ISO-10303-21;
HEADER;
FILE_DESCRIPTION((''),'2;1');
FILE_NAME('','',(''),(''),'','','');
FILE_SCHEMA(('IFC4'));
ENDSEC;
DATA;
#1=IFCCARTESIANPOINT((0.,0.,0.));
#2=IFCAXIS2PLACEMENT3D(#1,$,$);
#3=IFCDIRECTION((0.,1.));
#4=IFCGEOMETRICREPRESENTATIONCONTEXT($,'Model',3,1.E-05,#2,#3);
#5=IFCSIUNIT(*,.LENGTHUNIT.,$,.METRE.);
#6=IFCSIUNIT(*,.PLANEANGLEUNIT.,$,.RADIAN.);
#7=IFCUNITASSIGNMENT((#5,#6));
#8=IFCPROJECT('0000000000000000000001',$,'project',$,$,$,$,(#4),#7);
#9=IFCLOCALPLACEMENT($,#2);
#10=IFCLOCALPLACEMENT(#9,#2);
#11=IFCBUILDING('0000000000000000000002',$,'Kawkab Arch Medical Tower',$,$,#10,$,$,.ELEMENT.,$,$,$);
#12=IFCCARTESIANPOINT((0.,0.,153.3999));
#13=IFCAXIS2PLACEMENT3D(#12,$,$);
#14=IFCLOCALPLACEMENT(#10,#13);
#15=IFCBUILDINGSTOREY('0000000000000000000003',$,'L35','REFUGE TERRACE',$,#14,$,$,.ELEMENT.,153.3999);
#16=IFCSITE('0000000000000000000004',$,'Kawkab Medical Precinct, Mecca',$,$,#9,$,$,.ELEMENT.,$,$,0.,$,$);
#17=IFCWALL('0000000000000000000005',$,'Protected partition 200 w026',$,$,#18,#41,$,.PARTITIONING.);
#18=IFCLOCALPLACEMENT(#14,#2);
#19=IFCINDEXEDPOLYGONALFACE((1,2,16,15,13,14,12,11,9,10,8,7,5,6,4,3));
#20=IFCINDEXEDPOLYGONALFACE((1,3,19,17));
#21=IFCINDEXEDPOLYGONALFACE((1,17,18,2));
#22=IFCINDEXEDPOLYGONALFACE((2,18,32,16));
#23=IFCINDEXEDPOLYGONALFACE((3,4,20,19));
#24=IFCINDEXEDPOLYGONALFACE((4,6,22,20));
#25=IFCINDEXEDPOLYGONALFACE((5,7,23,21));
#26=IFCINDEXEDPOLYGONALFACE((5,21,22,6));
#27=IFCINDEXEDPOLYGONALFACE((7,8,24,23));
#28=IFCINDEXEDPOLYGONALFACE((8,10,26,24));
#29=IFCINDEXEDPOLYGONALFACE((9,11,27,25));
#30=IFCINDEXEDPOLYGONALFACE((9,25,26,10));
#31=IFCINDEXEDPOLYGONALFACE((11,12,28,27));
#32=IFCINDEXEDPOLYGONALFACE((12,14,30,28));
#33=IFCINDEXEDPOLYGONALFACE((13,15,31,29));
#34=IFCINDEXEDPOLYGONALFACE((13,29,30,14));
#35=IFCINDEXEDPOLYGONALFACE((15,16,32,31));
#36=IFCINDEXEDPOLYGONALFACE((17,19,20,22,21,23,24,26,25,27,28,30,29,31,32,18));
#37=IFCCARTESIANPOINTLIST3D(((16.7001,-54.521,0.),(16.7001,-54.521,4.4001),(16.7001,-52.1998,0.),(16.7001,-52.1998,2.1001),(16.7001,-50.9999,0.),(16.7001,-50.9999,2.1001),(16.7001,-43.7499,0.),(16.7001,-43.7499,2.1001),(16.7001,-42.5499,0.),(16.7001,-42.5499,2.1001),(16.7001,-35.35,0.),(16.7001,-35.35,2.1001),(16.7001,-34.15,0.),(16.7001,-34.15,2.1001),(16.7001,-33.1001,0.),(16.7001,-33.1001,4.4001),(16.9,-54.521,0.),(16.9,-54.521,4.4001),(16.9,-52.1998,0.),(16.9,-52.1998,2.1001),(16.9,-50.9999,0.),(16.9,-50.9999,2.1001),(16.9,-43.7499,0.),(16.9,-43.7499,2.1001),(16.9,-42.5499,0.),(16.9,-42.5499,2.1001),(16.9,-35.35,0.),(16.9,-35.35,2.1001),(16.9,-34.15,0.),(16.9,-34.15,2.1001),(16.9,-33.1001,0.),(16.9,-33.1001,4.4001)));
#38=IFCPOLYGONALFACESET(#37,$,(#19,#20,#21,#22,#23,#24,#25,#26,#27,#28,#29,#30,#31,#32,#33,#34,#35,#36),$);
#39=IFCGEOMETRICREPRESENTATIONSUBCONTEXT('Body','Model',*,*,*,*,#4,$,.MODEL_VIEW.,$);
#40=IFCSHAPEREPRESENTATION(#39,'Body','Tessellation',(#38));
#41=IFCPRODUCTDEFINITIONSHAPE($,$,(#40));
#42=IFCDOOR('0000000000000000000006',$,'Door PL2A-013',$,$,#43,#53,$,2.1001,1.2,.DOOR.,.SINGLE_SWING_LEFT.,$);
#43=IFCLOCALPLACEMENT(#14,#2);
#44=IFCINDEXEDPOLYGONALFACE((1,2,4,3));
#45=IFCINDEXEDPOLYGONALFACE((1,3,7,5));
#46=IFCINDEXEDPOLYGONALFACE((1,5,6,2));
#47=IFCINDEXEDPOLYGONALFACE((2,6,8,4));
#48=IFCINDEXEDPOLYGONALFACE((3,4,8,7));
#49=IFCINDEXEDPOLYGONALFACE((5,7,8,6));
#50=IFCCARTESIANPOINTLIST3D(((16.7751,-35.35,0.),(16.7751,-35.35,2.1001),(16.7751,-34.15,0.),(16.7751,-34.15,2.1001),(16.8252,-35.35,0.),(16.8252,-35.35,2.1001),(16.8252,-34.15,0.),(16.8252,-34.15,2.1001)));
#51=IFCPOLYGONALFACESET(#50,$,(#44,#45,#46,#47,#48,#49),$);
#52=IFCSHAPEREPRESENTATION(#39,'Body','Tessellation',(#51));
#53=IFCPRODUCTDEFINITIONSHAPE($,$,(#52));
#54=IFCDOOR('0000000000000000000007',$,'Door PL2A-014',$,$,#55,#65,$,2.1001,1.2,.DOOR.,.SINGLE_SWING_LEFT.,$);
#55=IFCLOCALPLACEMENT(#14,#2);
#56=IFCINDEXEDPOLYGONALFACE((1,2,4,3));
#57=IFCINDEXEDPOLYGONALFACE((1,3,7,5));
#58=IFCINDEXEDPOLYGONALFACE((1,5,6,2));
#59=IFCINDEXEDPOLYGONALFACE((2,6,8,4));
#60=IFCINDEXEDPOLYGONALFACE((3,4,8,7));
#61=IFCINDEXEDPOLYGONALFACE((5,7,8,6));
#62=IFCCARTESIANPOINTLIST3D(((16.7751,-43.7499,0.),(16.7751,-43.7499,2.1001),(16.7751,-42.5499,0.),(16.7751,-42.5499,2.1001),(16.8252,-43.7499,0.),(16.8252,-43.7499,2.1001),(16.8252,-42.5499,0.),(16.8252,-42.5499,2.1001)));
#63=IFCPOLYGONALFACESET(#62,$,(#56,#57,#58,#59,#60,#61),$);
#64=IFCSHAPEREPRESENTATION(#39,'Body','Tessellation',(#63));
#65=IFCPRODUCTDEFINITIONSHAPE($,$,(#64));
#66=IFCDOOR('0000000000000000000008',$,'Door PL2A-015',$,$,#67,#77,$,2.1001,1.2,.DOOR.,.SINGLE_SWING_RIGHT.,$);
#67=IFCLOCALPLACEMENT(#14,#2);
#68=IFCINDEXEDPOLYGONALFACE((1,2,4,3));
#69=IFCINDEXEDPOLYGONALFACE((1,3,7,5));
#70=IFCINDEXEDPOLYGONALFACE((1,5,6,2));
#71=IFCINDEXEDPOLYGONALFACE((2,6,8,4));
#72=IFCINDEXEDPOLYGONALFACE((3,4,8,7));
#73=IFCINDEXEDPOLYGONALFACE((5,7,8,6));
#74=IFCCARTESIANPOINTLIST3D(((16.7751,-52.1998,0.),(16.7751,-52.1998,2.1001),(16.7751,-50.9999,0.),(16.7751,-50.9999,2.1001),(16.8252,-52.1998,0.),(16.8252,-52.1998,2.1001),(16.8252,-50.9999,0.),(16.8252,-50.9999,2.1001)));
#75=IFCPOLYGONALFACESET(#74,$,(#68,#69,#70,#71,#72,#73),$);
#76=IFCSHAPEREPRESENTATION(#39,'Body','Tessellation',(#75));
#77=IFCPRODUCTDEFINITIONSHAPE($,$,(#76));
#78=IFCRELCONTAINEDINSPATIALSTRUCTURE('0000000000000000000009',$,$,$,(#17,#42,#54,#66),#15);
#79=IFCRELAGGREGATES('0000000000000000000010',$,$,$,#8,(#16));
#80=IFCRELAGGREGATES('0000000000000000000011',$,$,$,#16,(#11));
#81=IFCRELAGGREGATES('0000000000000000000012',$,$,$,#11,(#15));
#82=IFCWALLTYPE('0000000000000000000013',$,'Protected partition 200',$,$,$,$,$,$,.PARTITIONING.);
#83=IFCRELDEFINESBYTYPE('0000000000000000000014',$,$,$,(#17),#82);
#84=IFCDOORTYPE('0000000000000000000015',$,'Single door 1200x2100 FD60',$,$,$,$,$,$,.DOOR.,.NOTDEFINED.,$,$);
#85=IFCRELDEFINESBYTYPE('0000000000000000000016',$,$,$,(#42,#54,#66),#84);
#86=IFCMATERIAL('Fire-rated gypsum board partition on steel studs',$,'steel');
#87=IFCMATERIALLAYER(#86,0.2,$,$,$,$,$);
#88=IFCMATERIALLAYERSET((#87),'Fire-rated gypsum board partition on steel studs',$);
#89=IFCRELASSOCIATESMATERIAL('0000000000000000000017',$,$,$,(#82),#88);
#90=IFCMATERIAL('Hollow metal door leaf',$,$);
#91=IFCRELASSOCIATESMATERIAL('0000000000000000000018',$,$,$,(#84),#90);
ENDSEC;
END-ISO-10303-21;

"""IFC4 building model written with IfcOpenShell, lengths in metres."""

from ifc_helpers import new_model, si_unit, direction, frame, frame_2d, origin, place, context, subcontext, project, spatial, rectangle, extrude, material, layer, layer_set, type_object, element, fill, save


model = new_model("IFC4")

# Units and contexts
model_context = context("Model", 3, precision=1e-05, world=origin(), true_north=direction((0.0, 1.0)))
body_context = subcontext(model_context, "Body", "Model", "MODEL_VIEW")
ifc_project = project(units=[si_unit("LENGTHUNIT", "METRE"), si_unit("PLANEANGLEUNIT", "RADIAN")], contexts=[model_context])

# Site, building, storey
site_placement = place(None, origin())
site = spatial("IfcSite", under=ifc_project, at=site_placement, Name="Kawkab Medical Precinct, Mecca", CompositionType="ELEMENT", RefElevation=0.0)
building_placement = place(site_placement, origin())
building = spatial("IfcBuilding", under=site, at=building_placement, Name="Kawkab Arch Medical Tower", CompositionType="ELEMENT")
storey_placement = place(building_placement, frame((0.0, 0.0, 153.3999)))
storey = spatial("IfcBuildingStorey", under=building, at=storey_placement, Name="L35", Description="REFUGE TERRACE", CompositionType="ELEMENT", Elevation=153.3999)

# Shared definitions
ifc_material_1 = material(Name="Fire-rated gypsum board partition on steel studs", Category="steel")
ifc_layer_1 = layer(ifc_material_1, 0.2)
ifc_layer_set_1 = layer_set([ifc_layer_1], Name="Fire-rated gypsum board partition on steel studs")
wall_type_1 = type_object("IfcWallType", Name="Protected partition 200", PredefinedType="PARTITIONING", material=ifc_layer_set_1)

# Shared definitions
ifc_material_2 = material(Name="Hollow metal door leaf")
door_type_1 = type_object("IfcDoorType", Name="Single door 1200x2100 FD60", OperationType="NOTDEFINED", PredefinedType="DOOR", material=ifc_material_2)

# Wall, openings, doors
wall_1_placement = place(storey_placement, frame((16.8, -54.521, 0.0), z_axis=(0.0, 0.0, 1.0), x_axis=(0.0, 1.0, 0.0)))
wall_1 = element("IfcWall", 1, at=wall_1_placement, inside=storey, type_object=wall_type_1, Name="Protected partition 200 w026", PredefinedType="PARTITIONING", context=body_context, shape_type="SweptSolid", body=[
    extrude(rectangle(XDim=21.4209, YDim=0.2, at=frame_2d((10.7104, 0.0))), origin(), (0.0, 0.0, 1.0), 4.4001),
])
opening_1_placement = place(wall_1_placement, frame((19.1709, 0.0, 0.0)))
opening_1 = element("IfcOpeningElement", 2, at=opening_1_placement, cuts=wall_1, PredefinedType="OPENING", context=body_context, shape_type="SweptSolid", body=[
    extrude(rectangle(XDim=1.2, YDim=2.1001, at=frame_2d((0.6001, 1.05))), frame((0.0, 0.1099, 0.0), z_axis=(0.0, -1.0, 0.0), x_axis=(1.0, 0.0, 0.0)), (0.0, 0.0, 1.0), 0.22),
])
opening_2_placement = place(wall_1_placement, frame((10.771, 0.0, 0.0)))
opening_2 = element("IfcOpeningElement", 3, at=opening_2_placement, cuts=wall_1, PredefinedType="OPENING", context=body_context, shape_type="SweptSolid", body=[
    extrude(rectangle(XDim=1.2, YDim=2.1001, at=frame_2d((0.6001, 1.05))), frame((0.0, 0.1099, 0.0), z_axis=(0.0, -1.0, 0.0), x_axis=(1.0, 0.0, 0.0)), (0.0, 0.0, 1.0), 0.22),
])
opening_3_placement = place(wall_1_placement, frame((2.321, 0.0, 0.0)))
opening_3 = element("IfcOpeningElement", 4, at=opening_3_placement, cuts=wall_1, PredefinedType="OPENING", context=body_context, shape_type="SweptSolid", body=[
    extrude(rectangle(XDim=1.2, YDim=2.1001, at=frame_2d((0.6001, 1.05))), frame((0.0, 0.1099, 0.0), z_axis=(0.0, -1.0, 0.0), x_axis=(1.0, 0.0, 0.0)), (0.0, 0.0, 1.0), 0.22),
])
door_1_placement = place(opening_1_placement, origin())
door_1 = element("IfcDoor", 5, at=door_1_placement, inside=storey, type_object=door_type_1, Name="Door PL2A-013", OperationType="SINGLE_SWING_LEFT", OverallHeight=2.1001, OverallWidth=1.2, PredefinedType="DOOR", context=body_context, shape_type="SweptSolid", body=[
    extrude(rectangle(XDim=1.2, YDim=2.1001, at=frame_2d((0.6001, 1.05))), frame((0.0, 0.0249, 0.0), z_axis=(0.0, -1.0, 0.0), x_axis=(1.0, 0.0, 0.0)), (0.0, 0.0, 1.0), 0.05),
])
fill(opening_1, door_1)
door_2_placement = place(opening_2_placement, origin())
door_2 = element("IfcDoor", 6, at=door_2_placement, inside=storey, type_object=door_type_1, Name="Door PL2A-014", OperationType="SINGLE_SWING_LEFT", OverallHeight=2.1001, OverallWidth=1.2, PredefinedType="DOOR", context=body_context, shape_type="SweptSolid", body=[
    extrude(rectangle(XDim=1.2, YDim=2.1001, at=frame_2d((0.6001, 1.05))), frame((0.0, 0.0249, 0.0), z_axis=(0.0, -1.0, 0.0), x_axis=(1.0, 0.0, 0.0)), (0.0, 0.0, 1.0), 0.05),
])
fill(opening_2, door_2)
door_3_placement = place(opening_3_placement, origin())
door_3 = element("IfcDoor", 7, at=door_3_placement, inside=storey, type_object=door_type_1, Name="Door PL2A-015", OperationType="SINGLE_SWING_RIGHT", OverallHeight=2.1001, OverallWidth=1.2, PredefinedType="DOOR", context=body_context, shape_type="SweptSolid", body=[
    extrude(rectangle(XDim=1.2, YDim=2.1001, at=frame_2d((0.6001, 1.05))), frame((0.0, 0.0249, 0.0), z_axis=(0.0, -1.0, 0.0), x_axis=(1.0, 0.0, 0.0)), (0.0, 0.0, 1.0), 0.05),
])
fill(opening_3, door_3)

save(model, "model.ifc")
